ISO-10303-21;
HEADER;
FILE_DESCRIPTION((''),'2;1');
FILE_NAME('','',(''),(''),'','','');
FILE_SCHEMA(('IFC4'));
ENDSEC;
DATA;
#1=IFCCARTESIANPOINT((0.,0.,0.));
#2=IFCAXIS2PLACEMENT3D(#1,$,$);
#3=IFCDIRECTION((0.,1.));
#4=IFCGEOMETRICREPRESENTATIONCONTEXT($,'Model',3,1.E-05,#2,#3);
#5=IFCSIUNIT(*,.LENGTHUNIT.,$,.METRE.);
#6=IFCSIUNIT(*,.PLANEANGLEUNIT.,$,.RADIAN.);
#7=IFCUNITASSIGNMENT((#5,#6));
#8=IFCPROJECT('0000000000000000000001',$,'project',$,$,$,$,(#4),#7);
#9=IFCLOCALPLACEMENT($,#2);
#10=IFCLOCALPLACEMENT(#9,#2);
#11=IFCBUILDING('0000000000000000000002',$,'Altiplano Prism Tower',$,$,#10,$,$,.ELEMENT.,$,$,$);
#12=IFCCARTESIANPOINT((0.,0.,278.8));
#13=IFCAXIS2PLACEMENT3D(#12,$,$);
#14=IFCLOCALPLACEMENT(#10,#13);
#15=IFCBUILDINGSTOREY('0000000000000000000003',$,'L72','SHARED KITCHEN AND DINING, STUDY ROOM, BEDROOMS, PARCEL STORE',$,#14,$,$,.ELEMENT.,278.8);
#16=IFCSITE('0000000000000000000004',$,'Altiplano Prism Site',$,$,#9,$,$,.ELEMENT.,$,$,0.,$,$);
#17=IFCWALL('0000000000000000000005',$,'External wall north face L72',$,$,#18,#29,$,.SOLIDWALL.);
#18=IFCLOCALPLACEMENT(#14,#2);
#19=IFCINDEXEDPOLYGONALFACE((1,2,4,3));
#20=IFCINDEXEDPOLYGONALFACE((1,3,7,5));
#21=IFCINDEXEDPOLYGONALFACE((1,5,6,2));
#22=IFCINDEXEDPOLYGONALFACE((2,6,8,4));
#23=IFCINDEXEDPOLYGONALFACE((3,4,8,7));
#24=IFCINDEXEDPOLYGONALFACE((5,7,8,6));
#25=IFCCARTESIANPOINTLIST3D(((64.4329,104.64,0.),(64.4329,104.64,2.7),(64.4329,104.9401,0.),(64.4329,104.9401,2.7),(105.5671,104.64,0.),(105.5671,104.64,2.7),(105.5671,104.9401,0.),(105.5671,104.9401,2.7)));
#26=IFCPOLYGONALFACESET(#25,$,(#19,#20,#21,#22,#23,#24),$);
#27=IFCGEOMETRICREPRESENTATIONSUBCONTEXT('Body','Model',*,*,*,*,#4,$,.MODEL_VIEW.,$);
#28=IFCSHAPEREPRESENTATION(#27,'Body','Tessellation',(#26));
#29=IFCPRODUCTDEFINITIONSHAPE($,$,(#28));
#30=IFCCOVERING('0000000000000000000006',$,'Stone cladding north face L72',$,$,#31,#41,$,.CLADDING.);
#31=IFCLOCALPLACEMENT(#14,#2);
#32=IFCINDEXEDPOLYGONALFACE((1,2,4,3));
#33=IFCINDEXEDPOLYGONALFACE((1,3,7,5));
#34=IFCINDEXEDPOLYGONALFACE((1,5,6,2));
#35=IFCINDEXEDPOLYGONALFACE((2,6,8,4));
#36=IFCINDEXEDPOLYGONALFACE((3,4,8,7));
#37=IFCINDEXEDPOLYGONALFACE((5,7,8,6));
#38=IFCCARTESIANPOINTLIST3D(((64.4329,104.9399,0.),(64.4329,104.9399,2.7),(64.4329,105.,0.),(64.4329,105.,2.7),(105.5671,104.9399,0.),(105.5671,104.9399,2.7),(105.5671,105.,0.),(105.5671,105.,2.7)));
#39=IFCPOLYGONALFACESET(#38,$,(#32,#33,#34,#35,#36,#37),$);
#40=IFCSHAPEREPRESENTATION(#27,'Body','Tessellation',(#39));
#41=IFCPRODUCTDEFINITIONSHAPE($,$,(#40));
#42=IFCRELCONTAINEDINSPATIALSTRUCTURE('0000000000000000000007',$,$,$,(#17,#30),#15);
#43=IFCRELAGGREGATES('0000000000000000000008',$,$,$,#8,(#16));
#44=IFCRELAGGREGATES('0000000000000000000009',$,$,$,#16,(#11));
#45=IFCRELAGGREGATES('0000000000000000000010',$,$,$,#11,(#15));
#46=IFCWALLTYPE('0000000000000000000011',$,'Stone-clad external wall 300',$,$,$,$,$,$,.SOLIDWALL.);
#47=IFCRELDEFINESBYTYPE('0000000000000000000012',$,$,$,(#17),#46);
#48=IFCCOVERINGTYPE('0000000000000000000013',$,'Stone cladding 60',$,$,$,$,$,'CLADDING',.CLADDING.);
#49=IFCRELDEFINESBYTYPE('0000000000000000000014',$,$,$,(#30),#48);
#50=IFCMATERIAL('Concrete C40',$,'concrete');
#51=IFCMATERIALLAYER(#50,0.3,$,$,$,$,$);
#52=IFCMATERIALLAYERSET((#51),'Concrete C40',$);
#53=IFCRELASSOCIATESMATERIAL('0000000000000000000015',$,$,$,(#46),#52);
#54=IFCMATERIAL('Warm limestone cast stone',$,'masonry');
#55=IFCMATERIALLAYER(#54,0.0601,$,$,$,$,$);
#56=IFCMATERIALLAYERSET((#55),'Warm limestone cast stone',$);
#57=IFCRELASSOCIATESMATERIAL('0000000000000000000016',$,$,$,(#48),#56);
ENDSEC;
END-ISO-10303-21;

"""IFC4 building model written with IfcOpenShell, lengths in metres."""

from ifc_helpers import new_model, si_unit, direction, frame, frame_2d, origin, place, context, subcontext, project, spatial, rectangle, extrude, material, layer, layer_set, type_object, element, save


model = new_model("IFC4")

# Units and contexts
model_context = context("Model", 3, precision=1e-05, world=origin(), true_north=direction((0.0, 1.0)))
body_context = subcontext(model_context, "Body", "Model", "MODEL_VIEW")
ifc_project = project(units=[si_unit("LENGTHUNIT", "METRE"), si_unit("PLANEANGLEUNIT", "RADIAN")], contexts=[model_context])

# Site, building, storey
site_placement = place(None, origin())
site = spatial("IfcSite", under=ifc_project, at=site_placement, Name="Altiplano Prism Site", CompositionType="ELEMENT", RefElevation=0.0)
building_placement = place(site_placement, origin())
building = spatial("IfcBuilding", under=site, at=building_placement, Name="Altiplano Prism Tower", CompositionType="ELEMENT")
storey_placement = place(building_placement, frame((0.0, 0.0, 278.8)))
storey = spatial("IfcBuildingStorey", under=building, at=storey_placement, Name="L72", Description="SHARED KITCHEN AND DINING, STUDY ROOM, BEDROOMS, PARCEL STORE", CompositionType="ELEMENT", Elevation=278.8)

# Wall
ifc_material_1 = material(Name="Concrete C40", Category="concrete")
ifc_layer_1 = layer(ifc_material_1, 0.3)
ifc_layer_set_1 = layer_set([ifc_layer_1], Name="Concrete C40")
wall_type_1 = type_object("IfcWallType", Name="Stone-clad external wall 300", PredefinedType="SOLIDWALL", material=ifc_layer_set_1)
wall_1_placement = place(storey_placement, frame((64.4329, 104.79, 0.0), z_axis=(0.0, 0.0, 1.0), x_axis=(1.0, 0.0, 0.0)))
element("IfcWall", 1, at=wall_1_placement, inside=storey, type_object=wall_type_1, Name="External wall north face L72", PredefinedType="SOLIDWALL", context=body_context, shape_type="SweptSolid", body=[
    extrude(rectangle(XDim=41.1343, YDim=0.3, at=frame_2d((20.5671, 0.0))), origin(), (0.0, 0.0, 1.0), 2.7),
])

# Covering
ifc_material_2 = material(Name="Warm limestone cast stone", Category="masonry")
ifc_layer_2 = layer(ifc_material_2, 0.0601)
ifc_layer_set_2 = layer_set([ifc_layer_2], Name="Warm limestone cast stone")
covering_type = type_object("IfcCoveringType", Name="Stone cladding 60", ElementType="CLADDING", PredefinedType="CLADDING", material=ifc_layer_set_2)
covering_placement = place(storey_placement, frame((64.4329, 104.97, 0.0), z_axis=(0.0, 0.0, 1.0), x_axis=(1.0, 0.0, 0.0)))
element("IfcCovering", 2, at=covering_placement, inside=storey, type_object=covering_type, Name="Stone cladding north face L72", PredefinedType="CLADDING", context=body_context, shape_type="SweptSolid", body=[
    extrude(rectangle(XDim=41.1343, YDim=0.0601, at=frame_2d((20.5671, 0.0))), origin(), (0.0, 0.0, 1.0), 2.7),
])

save(model, "model.ifc")
